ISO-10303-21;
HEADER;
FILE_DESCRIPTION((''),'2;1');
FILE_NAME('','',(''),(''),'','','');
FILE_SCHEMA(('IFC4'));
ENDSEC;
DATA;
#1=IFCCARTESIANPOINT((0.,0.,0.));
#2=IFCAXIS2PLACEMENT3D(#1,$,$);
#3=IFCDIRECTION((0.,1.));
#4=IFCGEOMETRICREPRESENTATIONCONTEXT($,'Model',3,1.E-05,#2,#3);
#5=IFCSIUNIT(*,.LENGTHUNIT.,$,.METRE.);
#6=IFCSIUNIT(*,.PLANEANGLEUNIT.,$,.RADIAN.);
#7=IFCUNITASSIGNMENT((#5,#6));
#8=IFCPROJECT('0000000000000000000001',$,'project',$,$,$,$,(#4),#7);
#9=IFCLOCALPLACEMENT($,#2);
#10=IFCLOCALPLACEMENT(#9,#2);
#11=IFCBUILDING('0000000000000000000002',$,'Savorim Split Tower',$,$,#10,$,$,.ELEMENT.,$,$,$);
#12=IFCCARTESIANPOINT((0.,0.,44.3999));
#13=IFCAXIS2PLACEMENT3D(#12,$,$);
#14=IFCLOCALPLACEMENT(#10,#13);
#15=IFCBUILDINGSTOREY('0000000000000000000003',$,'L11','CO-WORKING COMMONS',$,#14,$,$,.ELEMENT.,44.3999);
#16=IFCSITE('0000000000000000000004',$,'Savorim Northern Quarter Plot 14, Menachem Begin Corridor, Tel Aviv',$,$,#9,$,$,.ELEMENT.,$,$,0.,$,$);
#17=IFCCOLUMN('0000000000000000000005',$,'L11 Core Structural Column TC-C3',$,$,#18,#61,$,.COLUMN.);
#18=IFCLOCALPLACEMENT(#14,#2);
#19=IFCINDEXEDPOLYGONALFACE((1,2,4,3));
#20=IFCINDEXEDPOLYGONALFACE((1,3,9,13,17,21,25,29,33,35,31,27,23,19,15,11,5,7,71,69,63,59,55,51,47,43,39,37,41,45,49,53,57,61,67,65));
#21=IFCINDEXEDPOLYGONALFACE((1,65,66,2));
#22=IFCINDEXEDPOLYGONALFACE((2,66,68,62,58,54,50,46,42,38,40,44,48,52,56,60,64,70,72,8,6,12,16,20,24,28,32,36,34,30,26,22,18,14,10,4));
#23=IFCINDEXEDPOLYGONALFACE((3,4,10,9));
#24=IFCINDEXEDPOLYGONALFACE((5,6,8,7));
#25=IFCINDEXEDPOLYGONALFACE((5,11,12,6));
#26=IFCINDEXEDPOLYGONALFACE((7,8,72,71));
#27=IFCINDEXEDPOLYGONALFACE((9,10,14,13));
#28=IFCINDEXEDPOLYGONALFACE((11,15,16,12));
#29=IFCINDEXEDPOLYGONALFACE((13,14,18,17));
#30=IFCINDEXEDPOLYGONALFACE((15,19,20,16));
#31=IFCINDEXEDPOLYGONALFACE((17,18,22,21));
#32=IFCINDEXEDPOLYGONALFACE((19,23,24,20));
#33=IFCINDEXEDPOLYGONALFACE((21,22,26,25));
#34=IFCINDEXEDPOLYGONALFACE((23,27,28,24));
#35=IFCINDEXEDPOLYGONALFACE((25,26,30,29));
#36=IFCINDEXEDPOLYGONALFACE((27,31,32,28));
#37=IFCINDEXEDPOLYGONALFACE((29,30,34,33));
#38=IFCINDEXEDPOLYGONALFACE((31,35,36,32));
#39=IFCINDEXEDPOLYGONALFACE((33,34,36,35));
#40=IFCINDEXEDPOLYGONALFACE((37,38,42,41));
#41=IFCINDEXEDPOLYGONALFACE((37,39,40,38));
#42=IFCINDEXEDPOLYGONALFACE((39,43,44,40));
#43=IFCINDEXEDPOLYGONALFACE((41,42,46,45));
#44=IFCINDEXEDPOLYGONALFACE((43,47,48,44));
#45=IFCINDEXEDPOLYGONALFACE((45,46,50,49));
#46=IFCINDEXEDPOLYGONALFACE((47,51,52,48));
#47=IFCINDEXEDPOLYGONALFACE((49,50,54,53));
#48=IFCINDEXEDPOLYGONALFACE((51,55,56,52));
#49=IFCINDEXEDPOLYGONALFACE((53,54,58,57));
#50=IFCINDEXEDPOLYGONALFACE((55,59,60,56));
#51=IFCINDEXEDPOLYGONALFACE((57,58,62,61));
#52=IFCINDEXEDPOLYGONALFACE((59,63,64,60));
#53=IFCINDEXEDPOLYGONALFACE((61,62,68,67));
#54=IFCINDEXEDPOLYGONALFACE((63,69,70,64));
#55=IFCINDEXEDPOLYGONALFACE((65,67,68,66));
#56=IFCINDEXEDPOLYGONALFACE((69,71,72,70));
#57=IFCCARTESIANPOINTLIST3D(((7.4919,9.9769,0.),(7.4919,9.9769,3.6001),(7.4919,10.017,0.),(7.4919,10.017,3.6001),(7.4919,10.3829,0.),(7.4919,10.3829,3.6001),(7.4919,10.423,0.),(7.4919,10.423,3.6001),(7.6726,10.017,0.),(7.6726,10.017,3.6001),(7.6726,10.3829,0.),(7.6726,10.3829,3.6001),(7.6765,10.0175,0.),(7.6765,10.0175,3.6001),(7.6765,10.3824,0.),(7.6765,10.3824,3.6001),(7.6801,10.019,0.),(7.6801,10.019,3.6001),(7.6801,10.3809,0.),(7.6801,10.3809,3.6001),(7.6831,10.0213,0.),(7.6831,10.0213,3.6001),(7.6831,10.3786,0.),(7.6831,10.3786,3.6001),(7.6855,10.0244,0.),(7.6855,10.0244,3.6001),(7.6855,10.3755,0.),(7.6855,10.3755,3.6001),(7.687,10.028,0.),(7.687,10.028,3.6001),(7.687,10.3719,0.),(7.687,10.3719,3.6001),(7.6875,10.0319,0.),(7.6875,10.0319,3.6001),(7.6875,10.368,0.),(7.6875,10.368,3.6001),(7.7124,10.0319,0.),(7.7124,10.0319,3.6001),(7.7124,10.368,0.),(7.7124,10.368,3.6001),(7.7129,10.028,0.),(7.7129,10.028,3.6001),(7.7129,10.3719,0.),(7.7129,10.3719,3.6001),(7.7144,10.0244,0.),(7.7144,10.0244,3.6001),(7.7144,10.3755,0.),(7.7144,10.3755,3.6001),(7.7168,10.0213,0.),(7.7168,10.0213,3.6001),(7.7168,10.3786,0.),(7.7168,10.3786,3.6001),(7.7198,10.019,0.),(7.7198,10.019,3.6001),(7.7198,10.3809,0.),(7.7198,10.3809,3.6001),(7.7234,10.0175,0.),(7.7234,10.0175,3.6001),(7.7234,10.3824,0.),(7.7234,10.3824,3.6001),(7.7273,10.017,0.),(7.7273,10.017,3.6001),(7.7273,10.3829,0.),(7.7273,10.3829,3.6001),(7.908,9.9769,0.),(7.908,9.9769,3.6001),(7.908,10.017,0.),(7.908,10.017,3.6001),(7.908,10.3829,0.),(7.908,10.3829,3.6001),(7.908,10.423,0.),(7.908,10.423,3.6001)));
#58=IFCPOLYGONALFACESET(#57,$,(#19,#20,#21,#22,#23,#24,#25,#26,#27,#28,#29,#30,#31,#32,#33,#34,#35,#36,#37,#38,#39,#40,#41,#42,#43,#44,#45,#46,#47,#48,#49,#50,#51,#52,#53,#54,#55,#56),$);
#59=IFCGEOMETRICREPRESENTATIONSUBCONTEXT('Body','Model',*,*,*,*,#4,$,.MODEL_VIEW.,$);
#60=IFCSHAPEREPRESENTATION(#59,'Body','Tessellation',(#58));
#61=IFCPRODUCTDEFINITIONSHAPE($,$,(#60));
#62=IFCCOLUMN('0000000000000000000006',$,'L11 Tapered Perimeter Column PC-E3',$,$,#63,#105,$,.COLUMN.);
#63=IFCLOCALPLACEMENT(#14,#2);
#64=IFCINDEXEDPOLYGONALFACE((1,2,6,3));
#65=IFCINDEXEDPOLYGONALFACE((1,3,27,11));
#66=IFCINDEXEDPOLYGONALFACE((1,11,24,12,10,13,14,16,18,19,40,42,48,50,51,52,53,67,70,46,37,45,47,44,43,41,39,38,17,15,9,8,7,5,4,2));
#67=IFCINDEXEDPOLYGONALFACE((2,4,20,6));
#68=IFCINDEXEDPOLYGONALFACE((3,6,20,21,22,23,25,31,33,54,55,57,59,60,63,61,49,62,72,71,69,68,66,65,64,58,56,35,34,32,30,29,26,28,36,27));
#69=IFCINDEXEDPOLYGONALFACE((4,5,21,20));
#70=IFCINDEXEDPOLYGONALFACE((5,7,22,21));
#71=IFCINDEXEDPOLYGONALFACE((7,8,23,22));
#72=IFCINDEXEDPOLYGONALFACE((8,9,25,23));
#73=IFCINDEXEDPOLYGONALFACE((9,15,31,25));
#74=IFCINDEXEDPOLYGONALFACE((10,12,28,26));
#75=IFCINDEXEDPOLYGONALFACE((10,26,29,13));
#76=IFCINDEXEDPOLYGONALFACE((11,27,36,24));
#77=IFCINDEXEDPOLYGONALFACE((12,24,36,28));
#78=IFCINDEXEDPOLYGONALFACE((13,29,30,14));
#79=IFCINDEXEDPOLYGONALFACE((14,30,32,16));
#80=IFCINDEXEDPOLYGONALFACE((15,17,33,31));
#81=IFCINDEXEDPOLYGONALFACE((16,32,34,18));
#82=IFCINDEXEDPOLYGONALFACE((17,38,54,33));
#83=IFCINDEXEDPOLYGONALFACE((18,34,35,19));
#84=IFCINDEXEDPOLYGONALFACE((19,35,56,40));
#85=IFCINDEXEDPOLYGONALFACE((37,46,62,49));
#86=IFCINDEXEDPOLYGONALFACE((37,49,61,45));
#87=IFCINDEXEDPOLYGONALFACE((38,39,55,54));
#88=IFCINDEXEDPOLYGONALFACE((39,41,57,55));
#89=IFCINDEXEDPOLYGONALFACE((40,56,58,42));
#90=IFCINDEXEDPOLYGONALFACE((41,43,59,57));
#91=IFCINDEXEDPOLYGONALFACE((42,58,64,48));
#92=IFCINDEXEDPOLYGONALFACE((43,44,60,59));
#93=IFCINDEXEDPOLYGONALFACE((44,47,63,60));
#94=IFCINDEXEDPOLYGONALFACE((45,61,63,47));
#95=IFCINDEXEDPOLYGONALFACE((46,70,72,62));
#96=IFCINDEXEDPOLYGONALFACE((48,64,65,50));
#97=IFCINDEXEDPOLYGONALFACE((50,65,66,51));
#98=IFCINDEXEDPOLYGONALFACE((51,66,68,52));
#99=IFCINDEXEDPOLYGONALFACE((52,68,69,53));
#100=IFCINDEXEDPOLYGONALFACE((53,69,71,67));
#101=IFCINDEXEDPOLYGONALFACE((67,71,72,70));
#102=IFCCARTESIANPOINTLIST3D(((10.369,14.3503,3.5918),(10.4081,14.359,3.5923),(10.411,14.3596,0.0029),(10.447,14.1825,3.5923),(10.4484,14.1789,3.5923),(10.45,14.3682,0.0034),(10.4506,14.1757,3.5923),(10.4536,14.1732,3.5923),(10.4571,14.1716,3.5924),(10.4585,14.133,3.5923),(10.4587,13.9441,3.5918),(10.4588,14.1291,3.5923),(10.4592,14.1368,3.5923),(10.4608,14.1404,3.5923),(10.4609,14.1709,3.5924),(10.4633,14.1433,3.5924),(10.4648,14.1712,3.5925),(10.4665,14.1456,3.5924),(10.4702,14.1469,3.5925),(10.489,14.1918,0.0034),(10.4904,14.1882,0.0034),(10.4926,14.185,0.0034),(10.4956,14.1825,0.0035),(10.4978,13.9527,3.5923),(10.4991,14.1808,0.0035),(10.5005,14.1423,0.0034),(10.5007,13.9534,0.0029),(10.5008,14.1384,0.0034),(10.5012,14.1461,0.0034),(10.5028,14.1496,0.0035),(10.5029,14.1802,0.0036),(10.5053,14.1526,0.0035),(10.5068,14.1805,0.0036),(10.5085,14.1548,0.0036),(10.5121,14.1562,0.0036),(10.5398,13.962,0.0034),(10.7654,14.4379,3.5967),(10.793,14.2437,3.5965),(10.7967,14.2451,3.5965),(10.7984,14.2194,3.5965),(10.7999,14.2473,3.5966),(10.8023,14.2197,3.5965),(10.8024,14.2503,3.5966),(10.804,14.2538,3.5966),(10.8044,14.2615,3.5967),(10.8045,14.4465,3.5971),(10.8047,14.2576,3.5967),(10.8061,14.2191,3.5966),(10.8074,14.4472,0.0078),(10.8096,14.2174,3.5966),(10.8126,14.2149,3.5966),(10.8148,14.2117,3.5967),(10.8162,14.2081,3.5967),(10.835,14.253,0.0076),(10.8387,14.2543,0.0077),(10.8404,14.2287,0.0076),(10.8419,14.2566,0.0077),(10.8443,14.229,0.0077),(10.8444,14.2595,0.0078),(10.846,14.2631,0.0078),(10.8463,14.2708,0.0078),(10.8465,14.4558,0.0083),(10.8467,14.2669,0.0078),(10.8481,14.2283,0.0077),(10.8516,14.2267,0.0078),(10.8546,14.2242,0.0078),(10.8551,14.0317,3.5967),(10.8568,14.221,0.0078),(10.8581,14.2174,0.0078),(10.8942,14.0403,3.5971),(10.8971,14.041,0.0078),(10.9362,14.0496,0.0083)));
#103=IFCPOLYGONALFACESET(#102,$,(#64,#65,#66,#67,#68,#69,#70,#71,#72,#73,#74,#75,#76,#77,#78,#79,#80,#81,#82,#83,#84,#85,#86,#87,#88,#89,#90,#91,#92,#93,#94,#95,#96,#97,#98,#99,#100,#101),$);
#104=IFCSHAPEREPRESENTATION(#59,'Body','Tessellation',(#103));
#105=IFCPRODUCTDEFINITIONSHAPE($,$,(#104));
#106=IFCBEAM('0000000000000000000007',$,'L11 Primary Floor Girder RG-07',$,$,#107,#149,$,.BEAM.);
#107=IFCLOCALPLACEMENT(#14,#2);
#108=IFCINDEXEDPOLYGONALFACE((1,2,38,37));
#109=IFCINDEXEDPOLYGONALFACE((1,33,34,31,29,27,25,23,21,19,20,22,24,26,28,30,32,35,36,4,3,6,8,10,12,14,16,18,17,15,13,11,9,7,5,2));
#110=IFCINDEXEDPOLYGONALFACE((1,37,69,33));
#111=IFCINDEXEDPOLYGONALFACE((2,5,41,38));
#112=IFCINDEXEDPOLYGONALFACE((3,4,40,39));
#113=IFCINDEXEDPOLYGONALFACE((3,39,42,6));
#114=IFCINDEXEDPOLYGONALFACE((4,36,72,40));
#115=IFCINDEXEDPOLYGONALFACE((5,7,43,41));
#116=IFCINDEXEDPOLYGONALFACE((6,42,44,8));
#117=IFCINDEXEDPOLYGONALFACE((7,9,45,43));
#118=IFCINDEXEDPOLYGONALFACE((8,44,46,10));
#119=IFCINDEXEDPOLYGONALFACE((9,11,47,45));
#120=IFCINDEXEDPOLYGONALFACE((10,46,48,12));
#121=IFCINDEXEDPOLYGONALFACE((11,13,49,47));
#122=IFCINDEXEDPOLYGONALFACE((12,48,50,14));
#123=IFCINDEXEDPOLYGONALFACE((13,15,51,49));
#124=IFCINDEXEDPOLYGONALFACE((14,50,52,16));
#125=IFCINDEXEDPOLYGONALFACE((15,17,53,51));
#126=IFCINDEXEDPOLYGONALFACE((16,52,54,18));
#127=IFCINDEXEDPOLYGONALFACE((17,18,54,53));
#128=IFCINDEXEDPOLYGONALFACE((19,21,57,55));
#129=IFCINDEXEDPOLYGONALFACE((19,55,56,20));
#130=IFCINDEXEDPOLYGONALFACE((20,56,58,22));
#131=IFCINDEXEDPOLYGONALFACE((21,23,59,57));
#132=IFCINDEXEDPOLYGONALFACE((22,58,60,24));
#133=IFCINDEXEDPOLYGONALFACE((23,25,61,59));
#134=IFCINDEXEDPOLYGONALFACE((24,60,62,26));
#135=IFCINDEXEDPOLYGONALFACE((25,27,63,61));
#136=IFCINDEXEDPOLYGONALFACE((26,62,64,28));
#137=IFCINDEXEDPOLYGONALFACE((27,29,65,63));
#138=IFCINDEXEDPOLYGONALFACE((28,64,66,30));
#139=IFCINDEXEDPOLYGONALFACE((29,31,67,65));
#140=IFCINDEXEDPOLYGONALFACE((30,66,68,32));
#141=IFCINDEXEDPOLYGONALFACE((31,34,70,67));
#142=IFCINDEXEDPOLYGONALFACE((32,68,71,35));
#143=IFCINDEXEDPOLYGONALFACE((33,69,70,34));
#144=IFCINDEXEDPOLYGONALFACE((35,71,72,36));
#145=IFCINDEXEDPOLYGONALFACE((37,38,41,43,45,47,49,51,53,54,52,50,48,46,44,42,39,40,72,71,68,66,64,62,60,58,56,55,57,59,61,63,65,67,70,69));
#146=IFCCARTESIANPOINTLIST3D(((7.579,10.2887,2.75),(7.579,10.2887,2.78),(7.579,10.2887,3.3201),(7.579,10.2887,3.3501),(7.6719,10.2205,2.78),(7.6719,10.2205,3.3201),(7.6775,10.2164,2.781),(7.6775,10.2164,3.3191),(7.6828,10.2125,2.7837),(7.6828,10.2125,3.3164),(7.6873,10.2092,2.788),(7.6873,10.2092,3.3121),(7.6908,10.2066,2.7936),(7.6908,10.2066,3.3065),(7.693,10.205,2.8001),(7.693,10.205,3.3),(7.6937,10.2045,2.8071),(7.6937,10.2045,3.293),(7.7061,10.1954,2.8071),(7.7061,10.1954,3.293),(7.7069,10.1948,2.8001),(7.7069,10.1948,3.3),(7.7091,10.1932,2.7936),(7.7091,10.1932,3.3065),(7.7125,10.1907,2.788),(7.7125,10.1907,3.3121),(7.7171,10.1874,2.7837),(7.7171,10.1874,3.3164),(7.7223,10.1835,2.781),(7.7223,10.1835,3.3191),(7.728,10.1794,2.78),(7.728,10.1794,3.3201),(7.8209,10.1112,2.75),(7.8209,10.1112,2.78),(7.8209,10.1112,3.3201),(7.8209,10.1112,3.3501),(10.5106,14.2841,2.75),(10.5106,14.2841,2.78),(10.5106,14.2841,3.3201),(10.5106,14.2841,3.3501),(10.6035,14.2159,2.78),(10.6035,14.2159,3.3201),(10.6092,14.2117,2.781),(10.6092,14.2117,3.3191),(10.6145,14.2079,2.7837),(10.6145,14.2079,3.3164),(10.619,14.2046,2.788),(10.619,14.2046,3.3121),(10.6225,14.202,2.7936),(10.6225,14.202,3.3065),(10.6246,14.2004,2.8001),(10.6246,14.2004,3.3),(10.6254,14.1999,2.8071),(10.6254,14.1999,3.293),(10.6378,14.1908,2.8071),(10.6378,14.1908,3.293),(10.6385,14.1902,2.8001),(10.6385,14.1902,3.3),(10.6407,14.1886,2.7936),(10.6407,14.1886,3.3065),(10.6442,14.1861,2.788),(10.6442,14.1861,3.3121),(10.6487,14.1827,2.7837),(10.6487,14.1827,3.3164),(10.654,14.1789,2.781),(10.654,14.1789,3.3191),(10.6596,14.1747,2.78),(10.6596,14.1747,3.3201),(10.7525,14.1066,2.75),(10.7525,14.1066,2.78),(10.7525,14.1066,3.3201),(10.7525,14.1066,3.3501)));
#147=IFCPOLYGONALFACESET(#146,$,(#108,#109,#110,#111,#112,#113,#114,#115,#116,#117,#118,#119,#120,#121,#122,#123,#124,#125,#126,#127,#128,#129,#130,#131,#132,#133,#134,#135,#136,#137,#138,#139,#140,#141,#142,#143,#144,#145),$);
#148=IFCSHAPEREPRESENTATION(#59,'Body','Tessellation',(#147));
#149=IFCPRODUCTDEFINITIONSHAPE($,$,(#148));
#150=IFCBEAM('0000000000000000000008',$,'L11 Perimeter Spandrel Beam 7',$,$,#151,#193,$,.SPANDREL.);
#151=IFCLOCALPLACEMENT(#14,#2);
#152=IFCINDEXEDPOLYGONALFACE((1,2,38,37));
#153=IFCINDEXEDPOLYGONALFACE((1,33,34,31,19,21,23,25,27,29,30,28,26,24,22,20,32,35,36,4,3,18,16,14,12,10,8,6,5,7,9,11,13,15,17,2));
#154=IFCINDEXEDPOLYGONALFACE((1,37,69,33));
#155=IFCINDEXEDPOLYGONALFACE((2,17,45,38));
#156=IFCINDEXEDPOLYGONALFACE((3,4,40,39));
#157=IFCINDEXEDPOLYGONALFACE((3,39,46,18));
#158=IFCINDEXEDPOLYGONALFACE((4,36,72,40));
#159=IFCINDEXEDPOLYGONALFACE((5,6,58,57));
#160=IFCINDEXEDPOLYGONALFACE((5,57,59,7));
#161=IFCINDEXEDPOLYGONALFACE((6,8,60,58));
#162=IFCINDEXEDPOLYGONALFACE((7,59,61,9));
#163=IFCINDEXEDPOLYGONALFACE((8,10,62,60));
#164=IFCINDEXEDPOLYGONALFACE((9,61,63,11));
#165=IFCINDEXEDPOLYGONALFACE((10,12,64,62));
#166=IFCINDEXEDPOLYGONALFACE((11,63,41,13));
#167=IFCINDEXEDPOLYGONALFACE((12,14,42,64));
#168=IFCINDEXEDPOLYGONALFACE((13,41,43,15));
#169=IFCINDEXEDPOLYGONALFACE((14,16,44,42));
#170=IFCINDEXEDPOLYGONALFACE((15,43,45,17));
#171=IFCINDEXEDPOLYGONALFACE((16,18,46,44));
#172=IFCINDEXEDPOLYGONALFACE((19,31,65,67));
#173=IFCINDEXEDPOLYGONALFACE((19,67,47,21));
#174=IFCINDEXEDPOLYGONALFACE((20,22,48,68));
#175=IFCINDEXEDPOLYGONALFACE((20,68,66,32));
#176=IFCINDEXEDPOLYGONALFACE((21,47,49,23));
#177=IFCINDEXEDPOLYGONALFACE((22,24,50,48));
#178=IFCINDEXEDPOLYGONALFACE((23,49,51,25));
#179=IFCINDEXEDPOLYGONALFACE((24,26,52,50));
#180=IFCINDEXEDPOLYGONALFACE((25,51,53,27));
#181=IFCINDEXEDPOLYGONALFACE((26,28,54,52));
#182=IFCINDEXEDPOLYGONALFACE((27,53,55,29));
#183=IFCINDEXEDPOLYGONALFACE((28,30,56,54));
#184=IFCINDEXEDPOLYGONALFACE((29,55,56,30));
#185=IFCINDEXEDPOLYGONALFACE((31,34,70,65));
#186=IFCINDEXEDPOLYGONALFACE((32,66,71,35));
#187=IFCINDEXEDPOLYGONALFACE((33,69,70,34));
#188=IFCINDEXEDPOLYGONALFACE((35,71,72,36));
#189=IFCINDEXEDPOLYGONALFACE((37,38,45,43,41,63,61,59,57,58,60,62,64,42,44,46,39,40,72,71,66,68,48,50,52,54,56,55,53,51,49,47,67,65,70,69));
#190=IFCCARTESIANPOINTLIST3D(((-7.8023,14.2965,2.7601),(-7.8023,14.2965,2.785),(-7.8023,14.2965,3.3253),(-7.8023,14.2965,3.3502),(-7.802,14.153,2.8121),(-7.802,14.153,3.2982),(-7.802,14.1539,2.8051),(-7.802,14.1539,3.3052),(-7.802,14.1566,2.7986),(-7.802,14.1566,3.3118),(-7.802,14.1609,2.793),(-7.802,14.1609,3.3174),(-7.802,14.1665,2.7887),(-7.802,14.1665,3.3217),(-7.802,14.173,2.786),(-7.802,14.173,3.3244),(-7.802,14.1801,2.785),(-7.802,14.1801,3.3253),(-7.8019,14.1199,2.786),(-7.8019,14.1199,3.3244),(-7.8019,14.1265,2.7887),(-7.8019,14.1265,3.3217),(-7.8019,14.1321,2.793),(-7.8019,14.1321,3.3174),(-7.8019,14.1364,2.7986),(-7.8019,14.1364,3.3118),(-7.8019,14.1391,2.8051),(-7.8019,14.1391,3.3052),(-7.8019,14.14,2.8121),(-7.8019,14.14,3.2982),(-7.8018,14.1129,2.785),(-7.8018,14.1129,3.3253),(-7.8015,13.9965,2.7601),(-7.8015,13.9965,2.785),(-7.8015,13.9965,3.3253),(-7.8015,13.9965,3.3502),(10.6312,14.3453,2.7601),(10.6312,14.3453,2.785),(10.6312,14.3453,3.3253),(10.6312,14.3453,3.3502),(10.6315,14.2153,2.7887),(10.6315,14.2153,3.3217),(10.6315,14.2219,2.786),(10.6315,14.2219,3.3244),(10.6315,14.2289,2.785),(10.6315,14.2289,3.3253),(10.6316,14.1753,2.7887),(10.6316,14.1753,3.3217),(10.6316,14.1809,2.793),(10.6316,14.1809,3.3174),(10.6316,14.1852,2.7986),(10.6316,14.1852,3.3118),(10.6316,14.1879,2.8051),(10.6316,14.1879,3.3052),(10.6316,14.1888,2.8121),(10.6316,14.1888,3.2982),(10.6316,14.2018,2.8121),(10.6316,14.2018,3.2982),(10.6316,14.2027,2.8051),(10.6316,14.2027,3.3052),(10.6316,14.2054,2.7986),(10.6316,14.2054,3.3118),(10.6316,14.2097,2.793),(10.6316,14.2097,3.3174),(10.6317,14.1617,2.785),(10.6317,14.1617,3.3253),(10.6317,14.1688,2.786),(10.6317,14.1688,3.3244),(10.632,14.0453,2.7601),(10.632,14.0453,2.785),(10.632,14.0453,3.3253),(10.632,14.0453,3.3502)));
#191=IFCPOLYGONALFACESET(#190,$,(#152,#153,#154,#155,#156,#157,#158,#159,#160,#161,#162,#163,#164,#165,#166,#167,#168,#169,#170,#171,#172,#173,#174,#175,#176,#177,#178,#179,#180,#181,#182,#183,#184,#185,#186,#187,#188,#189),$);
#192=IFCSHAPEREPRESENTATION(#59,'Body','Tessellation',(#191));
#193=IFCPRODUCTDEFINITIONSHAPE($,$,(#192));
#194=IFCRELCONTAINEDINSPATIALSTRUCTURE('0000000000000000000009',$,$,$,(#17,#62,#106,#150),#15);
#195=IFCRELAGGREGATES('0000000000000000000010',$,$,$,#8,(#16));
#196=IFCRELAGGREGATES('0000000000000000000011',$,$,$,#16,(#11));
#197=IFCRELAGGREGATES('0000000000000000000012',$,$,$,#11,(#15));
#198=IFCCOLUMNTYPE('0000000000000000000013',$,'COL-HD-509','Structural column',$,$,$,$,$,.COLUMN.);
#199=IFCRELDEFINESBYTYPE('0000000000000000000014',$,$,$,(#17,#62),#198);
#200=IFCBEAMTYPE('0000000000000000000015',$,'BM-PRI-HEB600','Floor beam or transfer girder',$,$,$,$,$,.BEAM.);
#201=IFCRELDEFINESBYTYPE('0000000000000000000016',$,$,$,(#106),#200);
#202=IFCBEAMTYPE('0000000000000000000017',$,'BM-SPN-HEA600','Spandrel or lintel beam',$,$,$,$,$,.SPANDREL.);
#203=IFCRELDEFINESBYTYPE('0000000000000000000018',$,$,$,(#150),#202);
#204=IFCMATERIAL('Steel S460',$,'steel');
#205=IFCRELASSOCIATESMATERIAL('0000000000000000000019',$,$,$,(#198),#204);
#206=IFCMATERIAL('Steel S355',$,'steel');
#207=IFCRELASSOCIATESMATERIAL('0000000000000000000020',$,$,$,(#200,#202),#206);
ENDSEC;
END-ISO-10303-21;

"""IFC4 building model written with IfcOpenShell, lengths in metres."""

from ifc_helpers import new_model, si_unit, direction, frame, origin, origin_2d, place, context, subcontext, project, spatial, i_section, extrude, material, material_profile, profile_set, type_object, element, save


model = new_model("IFC4")

# Units and contexts
model_context = context("Model", 3, precision=1e-05, world=origin(), true_north=direction((0.0, 1.0)))
body_context = subcontext(model_context, "Body", "Model", "MODEL_VIEW")
ifc_project = project(units=[si_unit("LENGTHUNIT", "METRE"), si_unit("PLANEANGLEUNIT", "RADIAN")], contexts=[model_context])

# Site, building, storey
site_placement = place(None, origin())
site = spatial("IfcSite", under=ifc_project, at=site_placement, Name="Savorim Northern Quarter Plot 14, Menachem Begin Corridor, Tel Aviv", CompositionType="ELEMENT", RefElevation=0.0)
building_placement = place(site_placement, origin())
building = spatial("IfcBuilding", under=site, at=building_placement, Name="Savorim Split Tower", CompositionType="ELEMENT")
storey_placement = place(building_placement, frame((0.0, 0.0, 44.3999)))
storey = spatial("IfcBuildingStorey", under=building, at=storey_placement, Name="L11", Description="CO-WORKING COMMONS", CompositionType="ELEMENT", Elevation=44.3999)

# Columns
ifc_material_1 = material(Name="Steel S460", Category="steel")
ifc_material_profile_1 = material_profile(ifc_material_1, i_section(OverallWidth=0.416, OverallDepth=0.446, WebThickness=0.0249, FlangeThickness=0.04, FilletRadius=0.0149, at=origin_2d()), Name="HD 400x509")
ifc_profile_set_1 = profile_set([ifc_material_profile_1], Name="Steel S460")
column_type = type_object("IfcColumnType", Name="COL-HD-509", Description="Structural column", PredefinedType="COLUMN", material=ifc_profile_set_1)
column_1_placement = place(storey_placement, frame((7.7, 10.2, 0.0), z_axis=(0.0, 0.0, 1.0), x_axis=(1.0, 0.0, 0.0)))
element("IfcColumn", 1, at=column_1_placement, inside=storey, type_object=column_type, Name="L11 Core Structural Column TC-C3", PredefinedType="COLUMN", context=body_context, shape_type="SweptSolid", body=[
    extrude(i_section(OverallWidth=0.416, OverallDepth=0.446, WebThickness=0.0249, FlangeThickness=0.04, FilletRadius=0.0149, at=origin_2d()), origin(), (0.0, 0.0, 1.0), 3.6001),
])
column_2_placement = place(storey_placement, frame((10.6736, 14.2046, 0.0056), z_axis=(-0.0117, -0.002585, 0.999928), x_axis=(0.215728, -0.976453, 0.0)))
element("IfcColumn", 2, at=column_2_placement, inside=storey, type_object=column_type, Name="L11 Tapered Perimeter Column PC-E3", PredefinedType="COLUMN", context=body_context, shape_type="SweptSolid", body=[
    extrude(i_section(OverallWidth=0.416, OverallDepth=0.446, WebThickness=0.0249, FlangeThickness=0.04, FilletRadius=0.0149, at=origin_2d()), origin(), (0.0, 0.0, 1.0), 3.5891),
])

# Beams
ifc_material_2 = material(Name="Steel S355", Category="steel")
ifc_material_profile_2 = material_profile(ifc_material_2, i_section(OverallWidth=0.3, OverallDepth=0.6001, WebThickness=0.0154, FlangeThickness=0.03, FilletRadius=0.0271, at=origin_2d()), Name="HEB 600")
ifc_profile_set_2 = profile_set([ifc_material_profile_2], Name="Steel S355")
beam_type_1 = type_object("IfcBeamType", Name="BM-PRI-HEB600", Description="Floor beam or transfer girder", PredefinedType="BEAM", material=ifc_profile_set_2)
beam_1_placement = place(storey_placement, frame((10.6316, 14.1953, 3.05), z_axis=(-0.591588, -0.806241, 0.0), x_axis=(0.806241, -0.591588, 0.0)))
element("IfcBeam", 3, at=beam_1_placement, inside=storey, type_object=beam_type_1, Name="L11 Primary Floor Girder RG-07", PredefinedType="BEAM", context=body_context, shape_type="SweptSolid", body=[
    extrude(i_section(OverallWidth=0.3, OverallDepth=0.6001, WebThickness=0.0154, FlangeThickness=0.03, FilletRadius=0.0271, at=origin_2d()), origin(), (0.0, 0.0, 1.0), 4.9556),
])
ifc_material_profile_3 = material_profile(ifc_material_2, i_section(OverallWidth=0.3, OverallDepth=0.5901, WebThickness=0.0129, FlangeThickness=0.0249, FilletRadius=0.0271, at=origin_2d()), Name="HEA 600")
ifc_profile_set_3 = profile_set([ifc_material_profile_3], Name="Steel S355")
beam_type_2 = type_object("IfcBeamType", Name="BM-SPN-HEA600", Description="Spandrel or lintel beam", PredefinedType="SPANDREL", material=ifc_profile_set_3)
beam_2_placement = place(storey_placement, frame((10.6316, 14.1953, 3.0552), z_axis=(-0.999996, -0.002649, 0.0), x_axis=(0.002649, -0.999996, 0.0)))
element("IfcBeam", 4, at=beam_2_placement, inside=storey, type_object=beam_type_2, Name="L11 Perimeter Spandrel Beam 7", PredefinedType="SPANDREL", context=body_context, shape_type="SweptSolid", body=[
    extrude(i_section(OverallWidth=0.3, OverallDepth=0.5901, WebThickness=0.0129, FlangeThickness=0.0249, FilletRadius=0.0271, at=origin_2d()), origin(), (0.0, 0.0, 1.0), 18.4336),
])

save(model, "model.ifc")
